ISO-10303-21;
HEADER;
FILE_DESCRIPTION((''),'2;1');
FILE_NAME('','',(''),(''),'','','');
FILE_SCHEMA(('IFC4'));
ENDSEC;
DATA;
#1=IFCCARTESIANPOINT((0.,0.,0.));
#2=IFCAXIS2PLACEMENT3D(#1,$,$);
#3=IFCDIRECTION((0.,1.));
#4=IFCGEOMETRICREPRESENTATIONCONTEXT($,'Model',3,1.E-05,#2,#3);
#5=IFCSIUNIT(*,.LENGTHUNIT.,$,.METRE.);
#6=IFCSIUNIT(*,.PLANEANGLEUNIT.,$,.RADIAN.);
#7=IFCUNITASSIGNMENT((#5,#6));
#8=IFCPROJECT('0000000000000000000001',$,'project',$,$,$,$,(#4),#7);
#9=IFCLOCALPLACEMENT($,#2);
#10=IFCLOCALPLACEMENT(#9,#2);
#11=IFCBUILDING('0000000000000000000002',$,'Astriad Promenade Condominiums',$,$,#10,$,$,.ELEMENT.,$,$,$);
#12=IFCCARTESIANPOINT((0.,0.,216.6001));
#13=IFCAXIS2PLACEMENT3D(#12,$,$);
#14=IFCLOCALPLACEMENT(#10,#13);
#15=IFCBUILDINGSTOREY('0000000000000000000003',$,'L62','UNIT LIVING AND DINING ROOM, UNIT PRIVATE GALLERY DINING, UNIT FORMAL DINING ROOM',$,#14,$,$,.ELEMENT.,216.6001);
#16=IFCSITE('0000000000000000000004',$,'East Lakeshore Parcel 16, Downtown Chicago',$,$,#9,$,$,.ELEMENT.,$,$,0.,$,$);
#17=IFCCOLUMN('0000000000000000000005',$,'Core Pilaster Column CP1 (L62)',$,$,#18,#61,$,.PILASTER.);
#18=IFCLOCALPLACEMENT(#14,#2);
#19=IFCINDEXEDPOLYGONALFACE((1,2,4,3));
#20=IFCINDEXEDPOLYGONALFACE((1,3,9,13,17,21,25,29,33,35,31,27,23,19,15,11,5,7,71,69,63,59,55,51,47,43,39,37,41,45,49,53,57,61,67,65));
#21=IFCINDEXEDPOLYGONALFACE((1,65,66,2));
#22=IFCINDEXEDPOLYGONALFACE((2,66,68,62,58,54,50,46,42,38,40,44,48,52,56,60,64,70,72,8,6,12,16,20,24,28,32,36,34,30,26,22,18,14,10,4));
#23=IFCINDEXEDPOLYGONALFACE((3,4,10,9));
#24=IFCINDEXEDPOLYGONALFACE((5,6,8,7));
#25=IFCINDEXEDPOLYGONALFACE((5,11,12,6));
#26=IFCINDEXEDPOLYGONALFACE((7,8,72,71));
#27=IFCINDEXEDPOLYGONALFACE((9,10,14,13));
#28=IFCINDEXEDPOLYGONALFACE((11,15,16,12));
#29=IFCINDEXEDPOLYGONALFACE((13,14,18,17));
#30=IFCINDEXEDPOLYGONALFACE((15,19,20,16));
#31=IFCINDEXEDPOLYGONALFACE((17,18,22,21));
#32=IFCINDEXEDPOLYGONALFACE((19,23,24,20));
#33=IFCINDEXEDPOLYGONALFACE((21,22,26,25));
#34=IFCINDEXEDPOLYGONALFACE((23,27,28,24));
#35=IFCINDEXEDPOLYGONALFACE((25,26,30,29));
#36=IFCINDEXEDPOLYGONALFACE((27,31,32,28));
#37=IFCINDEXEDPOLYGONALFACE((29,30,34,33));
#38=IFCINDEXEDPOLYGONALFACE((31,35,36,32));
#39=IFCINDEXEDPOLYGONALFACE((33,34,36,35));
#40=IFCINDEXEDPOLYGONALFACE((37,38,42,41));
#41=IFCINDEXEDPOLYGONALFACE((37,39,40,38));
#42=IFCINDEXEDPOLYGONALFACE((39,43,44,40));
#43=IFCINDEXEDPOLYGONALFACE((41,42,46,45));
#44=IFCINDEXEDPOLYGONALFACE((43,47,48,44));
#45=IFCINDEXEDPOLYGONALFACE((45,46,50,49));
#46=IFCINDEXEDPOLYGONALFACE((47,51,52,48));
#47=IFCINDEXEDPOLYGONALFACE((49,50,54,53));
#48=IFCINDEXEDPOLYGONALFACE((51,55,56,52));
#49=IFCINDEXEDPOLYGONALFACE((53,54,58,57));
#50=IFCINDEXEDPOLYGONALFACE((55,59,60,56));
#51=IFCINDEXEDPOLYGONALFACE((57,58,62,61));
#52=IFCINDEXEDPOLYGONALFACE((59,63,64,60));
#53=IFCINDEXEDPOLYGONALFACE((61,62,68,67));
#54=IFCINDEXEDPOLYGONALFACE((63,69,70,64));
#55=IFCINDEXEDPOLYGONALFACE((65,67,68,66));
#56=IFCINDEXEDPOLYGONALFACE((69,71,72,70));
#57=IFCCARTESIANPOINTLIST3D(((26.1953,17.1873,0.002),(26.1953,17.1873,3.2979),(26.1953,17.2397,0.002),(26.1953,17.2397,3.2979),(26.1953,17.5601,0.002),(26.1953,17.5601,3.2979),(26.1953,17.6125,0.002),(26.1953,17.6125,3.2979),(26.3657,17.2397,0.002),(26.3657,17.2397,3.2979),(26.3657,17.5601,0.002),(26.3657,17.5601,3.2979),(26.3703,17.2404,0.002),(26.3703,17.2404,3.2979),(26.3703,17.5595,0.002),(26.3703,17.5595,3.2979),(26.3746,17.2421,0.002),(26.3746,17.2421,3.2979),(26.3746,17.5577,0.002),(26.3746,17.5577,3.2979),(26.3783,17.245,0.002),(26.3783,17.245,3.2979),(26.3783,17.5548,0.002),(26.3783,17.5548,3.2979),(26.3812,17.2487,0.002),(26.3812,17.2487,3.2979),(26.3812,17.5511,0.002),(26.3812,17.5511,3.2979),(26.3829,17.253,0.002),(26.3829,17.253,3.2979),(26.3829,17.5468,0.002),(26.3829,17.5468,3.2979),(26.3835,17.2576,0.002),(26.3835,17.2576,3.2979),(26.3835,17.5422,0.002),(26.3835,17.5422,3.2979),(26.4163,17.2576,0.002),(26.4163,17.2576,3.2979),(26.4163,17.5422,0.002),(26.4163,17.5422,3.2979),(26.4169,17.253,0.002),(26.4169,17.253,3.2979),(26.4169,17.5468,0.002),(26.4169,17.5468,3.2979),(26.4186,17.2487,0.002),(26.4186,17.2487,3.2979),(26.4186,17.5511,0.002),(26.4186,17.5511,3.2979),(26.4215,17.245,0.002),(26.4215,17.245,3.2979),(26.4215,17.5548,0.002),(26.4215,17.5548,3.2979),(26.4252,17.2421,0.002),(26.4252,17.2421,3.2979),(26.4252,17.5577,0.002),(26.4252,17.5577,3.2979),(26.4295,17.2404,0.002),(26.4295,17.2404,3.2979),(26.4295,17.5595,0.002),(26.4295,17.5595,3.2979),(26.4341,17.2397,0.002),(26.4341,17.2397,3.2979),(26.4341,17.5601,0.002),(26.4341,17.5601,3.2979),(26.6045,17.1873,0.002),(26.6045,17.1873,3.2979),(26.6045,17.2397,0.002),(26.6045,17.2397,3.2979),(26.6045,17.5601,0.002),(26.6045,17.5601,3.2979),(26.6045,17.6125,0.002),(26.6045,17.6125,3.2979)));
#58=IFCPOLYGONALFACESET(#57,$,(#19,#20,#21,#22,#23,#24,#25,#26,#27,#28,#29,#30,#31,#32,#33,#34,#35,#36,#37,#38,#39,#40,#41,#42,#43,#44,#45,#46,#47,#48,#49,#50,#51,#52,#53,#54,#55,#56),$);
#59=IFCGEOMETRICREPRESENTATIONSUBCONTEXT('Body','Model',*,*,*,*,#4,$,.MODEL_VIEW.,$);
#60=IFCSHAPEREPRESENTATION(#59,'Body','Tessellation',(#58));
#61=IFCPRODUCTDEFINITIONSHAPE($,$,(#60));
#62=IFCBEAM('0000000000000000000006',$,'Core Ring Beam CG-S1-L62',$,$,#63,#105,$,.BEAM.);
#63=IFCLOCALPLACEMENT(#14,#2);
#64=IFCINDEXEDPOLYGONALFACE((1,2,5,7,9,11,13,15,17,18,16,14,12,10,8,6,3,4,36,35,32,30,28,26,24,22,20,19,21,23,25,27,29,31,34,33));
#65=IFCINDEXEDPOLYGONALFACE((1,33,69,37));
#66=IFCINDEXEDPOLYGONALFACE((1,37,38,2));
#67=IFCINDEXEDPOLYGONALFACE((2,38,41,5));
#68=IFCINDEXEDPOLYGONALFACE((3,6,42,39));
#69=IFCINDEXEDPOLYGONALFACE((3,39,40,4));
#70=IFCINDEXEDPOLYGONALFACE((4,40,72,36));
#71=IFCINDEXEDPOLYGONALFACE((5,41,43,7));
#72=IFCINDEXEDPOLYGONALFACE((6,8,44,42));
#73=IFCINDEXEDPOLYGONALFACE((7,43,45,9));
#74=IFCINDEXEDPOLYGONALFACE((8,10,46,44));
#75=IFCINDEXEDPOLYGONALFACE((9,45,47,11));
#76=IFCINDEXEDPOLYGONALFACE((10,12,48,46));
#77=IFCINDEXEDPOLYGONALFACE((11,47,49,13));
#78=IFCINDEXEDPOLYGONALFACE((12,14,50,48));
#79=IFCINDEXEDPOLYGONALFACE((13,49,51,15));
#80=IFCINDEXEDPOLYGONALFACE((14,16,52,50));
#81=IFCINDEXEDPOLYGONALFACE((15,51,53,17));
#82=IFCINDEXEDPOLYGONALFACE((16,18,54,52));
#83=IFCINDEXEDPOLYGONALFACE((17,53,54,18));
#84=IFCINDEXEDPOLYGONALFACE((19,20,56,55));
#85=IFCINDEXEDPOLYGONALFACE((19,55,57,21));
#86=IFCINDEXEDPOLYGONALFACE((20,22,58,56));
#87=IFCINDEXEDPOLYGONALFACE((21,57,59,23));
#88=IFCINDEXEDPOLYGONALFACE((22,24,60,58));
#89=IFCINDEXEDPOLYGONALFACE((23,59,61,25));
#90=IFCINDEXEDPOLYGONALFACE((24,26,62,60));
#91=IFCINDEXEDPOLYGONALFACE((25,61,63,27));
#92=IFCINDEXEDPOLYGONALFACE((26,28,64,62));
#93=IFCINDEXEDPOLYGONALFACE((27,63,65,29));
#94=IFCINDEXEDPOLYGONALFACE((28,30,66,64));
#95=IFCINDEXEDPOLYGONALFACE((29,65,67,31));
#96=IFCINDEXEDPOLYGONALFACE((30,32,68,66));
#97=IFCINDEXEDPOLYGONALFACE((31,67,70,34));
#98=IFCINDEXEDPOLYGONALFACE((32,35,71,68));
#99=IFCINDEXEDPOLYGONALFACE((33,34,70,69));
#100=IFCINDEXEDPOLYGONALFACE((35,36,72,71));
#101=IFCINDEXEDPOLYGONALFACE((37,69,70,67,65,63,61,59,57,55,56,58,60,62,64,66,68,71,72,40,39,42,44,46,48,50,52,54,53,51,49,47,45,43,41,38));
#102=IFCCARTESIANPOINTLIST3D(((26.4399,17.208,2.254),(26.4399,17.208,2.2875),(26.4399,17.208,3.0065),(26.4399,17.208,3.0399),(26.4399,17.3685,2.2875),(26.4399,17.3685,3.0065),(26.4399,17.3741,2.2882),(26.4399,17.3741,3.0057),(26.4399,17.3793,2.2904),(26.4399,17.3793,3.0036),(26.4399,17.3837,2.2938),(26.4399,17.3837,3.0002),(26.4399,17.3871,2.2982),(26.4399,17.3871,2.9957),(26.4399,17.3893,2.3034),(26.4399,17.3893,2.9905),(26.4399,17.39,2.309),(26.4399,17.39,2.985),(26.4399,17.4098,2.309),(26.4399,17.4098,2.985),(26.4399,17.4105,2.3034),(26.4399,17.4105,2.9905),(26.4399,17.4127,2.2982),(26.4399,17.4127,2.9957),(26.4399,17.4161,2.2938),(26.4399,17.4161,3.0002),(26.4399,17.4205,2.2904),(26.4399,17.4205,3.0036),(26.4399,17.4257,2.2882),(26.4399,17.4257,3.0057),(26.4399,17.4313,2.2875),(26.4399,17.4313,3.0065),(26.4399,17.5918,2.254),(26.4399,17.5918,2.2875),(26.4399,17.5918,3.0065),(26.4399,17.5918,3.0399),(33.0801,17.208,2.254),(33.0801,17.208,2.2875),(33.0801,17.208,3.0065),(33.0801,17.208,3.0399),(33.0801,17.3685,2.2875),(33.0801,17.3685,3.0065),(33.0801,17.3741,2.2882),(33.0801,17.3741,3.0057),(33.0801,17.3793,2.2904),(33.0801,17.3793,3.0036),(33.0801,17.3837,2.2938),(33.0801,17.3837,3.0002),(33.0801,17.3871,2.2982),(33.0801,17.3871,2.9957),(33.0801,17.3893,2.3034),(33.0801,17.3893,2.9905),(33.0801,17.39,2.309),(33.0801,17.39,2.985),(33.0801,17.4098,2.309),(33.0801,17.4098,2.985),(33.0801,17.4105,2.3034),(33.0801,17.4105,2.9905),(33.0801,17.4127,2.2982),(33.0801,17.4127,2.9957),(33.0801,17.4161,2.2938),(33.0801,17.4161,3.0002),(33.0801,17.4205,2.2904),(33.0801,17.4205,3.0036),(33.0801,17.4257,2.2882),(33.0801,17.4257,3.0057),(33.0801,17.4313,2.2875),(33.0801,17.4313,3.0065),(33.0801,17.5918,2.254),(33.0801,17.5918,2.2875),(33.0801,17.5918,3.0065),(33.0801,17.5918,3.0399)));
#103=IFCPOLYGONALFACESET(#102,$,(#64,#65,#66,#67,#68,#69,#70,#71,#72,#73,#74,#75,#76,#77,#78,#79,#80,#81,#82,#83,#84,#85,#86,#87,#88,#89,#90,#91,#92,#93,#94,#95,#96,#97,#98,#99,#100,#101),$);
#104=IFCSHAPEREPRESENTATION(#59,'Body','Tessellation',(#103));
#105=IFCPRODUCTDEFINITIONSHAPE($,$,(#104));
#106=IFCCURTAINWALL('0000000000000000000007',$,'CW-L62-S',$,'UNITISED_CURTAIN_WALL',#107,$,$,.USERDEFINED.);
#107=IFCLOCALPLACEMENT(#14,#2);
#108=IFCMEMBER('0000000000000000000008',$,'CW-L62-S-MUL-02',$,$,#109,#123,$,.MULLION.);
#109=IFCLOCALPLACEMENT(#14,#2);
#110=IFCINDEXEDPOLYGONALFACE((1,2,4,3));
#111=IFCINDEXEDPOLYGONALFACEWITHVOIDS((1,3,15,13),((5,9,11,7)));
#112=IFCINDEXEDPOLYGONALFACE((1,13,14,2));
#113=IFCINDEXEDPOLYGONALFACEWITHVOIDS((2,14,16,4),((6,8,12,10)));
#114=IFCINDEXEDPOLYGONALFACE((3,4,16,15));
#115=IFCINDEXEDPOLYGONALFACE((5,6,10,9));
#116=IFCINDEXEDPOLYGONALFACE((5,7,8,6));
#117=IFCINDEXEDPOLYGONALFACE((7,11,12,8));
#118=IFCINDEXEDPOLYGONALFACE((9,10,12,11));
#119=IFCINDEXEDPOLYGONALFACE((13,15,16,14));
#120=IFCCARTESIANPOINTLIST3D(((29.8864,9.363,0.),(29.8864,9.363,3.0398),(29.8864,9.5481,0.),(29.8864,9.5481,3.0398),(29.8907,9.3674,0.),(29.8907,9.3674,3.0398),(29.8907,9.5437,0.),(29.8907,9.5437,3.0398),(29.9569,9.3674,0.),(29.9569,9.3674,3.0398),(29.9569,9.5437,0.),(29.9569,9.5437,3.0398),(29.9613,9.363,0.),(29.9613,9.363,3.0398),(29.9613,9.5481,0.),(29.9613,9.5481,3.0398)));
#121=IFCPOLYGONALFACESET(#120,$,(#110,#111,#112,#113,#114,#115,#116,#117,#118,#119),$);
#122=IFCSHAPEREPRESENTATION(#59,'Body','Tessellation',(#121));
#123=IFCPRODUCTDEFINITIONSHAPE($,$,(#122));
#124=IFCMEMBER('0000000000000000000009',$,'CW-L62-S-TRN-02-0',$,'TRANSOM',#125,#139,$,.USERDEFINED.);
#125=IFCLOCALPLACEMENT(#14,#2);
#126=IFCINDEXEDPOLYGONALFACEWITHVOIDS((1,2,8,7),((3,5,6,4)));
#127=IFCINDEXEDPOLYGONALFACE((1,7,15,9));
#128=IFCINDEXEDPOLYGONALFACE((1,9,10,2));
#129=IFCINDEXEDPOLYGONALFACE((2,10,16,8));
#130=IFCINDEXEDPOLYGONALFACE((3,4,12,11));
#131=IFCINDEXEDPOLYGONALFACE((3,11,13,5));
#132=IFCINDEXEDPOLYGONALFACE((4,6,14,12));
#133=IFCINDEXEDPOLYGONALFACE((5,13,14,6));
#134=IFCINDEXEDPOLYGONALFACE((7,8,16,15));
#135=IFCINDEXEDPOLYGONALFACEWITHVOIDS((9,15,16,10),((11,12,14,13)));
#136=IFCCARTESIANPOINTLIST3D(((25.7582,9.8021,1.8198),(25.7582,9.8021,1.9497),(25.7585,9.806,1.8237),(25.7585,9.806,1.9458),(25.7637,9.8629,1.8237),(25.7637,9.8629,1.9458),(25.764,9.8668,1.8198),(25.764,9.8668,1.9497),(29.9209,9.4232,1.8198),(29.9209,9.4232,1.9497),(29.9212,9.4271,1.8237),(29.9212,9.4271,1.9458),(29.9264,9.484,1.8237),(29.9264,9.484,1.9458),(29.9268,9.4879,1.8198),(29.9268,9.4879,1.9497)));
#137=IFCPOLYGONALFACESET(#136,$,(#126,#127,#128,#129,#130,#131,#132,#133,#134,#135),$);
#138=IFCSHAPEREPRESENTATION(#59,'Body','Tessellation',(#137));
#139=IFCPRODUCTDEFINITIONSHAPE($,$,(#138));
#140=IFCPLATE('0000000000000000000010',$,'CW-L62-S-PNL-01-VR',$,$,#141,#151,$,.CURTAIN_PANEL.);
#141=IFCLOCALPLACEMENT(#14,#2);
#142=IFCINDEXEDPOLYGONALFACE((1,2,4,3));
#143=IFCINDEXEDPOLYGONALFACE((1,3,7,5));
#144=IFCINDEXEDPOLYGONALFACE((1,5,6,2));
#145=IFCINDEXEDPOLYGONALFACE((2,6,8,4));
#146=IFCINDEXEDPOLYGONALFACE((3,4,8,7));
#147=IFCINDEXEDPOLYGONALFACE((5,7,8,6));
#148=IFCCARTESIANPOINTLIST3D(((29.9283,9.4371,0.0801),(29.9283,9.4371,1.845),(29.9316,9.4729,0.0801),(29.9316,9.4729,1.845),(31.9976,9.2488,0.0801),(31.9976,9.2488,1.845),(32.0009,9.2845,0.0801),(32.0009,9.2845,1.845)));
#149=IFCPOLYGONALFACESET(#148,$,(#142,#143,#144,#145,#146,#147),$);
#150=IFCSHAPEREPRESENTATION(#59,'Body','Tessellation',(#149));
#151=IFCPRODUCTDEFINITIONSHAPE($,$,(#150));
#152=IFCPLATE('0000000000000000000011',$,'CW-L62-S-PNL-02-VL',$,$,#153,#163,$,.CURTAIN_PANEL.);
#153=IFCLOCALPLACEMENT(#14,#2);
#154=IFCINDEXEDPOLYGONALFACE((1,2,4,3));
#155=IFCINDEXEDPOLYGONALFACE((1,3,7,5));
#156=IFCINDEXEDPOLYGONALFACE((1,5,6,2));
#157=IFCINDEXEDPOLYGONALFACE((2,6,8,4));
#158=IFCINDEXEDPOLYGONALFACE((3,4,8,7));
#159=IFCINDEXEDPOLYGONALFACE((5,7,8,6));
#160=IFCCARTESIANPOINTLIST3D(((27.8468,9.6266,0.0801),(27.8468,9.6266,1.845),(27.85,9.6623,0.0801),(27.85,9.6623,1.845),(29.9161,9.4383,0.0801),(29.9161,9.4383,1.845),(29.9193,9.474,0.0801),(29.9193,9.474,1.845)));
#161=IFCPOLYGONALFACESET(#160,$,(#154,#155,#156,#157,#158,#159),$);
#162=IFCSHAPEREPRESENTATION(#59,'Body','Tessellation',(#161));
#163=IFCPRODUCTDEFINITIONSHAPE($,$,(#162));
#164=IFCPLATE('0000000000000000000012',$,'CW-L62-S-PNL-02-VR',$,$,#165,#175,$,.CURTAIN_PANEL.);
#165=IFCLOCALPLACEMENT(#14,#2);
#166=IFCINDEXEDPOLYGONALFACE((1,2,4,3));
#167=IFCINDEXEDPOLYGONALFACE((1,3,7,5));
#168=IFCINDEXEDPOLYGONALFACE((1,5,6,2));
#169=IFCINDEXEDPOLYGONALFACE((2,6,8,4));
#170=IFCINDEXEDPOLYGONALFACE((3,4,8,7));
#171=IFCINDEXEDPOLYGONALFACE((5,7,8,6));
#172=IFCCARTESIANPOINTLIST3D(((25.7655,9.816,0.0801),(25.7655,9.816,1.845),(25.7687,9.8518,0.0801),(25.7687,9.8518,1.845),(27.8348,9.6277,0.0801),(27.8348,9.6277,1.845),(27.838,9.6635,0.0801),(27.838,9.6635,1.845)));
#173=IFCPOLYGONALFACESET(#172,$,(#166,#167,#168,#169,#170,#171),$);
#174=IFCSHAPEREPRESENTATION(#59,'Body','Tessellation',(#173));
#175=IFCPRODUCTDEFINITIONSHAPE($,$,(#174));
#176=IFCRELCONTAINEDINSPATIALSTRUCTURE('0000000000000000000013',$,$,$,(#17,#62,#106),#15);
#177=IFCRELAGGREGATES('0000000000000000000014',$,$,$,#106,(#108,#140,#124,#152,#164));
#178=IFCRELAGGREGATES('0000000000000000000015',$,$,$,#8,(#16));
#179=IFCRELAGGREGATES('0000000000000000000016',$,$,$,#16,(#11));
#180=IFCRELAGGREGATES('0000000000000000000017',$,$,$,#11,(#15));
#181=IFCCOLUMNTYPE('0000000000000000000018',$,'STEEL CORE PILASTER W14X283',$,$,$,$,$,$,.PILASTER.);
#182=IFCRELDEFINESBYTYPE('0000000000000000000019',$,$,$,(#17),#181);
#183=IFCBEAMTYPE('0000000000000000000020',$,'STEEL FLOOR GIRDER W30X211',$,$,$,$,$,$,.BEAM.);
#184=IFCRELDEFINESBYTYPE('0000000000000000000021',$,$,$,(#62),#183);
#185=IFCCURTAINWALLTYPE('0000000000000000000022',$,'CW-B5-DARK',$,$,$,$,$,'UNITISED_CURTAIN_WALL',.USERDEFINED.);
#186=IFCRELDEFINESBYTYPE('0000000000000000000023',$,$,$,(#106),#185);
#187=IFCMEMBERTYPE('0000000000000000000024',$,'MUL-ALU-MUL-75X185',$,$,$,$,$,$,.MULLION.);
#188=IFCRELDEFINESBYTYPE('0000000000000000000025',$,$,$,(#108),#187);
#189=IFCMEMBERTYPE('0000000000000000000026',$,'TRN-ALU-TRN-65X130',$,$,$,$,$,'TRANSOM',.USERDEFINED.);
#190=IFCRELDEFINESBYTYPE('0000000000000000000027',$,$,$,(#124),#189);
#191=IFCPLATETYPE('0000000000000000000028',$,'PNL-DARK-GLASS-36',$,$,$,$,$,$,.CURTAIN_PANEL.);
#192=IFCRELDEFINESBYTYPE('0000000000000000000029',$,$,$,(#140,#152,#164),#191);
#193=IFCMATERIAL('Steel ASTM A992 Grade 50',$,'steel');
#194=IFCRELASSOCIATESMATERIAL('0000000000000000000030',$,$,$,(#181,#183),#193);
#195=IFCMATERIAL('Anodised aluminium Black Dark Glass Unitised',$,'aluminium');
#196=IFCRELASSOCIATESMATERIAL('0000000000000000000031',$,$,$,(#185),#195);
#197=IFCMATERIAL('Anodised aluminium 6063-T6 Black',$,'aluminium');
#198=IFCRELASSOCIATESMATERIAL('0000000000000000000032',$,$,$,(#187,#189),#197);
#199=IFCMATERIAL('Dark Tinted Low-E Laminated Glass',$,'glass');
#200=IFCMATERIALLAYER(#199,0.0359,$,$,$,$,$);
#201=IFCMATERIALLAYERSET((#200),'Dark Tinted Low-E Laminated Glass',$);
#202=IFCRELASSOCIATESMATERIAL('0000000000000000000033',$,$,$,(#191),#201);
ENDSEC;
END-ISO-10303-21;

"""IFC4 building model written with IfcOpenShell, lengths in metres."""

from ifc_helpers import new_model, si_unit, direction, frame, origin, origin_2d, place, context, subcontext, project, spatial, rectangle, hollow_rectangle, i_section, extrude, source, transform, mapped, material, layer, layer_set, material_profile, profile_set, type_object, type_shapes, element, aggregate, save


model = new_model("IFC4")

# Units and contexts
model_context = context("Model", 3, precision=1e-05, world=origin(), true_north=direction((0.0, 1.0)))
body_context = subcontext(model_context, "Body", "Model", "MODEL_VIEW")
ifc_project = project(units=[si_unit("LENGTHUNIT", "METRE"), si_unit("PLANEANGLEUNIT", "RADIAN")], contexts=[model_context])

# Site, building, storey
site_placement = place(None, origin())
site = spatial("IfcSite", under=ifc_project, at=site_placement, Name="East Lakeshore Parcel 16, Downtown Chicago", CompositionType="ELEMENT", RefElevation=0.0)
building_placement = place(site_placement, origin())
building = spatial("IfcBuilding", under=site, at=building_placement, Name="Astriad Promenade Condominiums", CompositionType="ELEMENT")
storey_placement = place(building_placement, frame((0.0, 0.0, 216.6001)))
storey = spatial("IfcBuildingStorey", under=building, at=storey_placement, Name="L62", Description="UNIT LIVING AND DINING ROOM, UNIT PRIVATE GALLERY DINING, UNIT FORMAL DINING ROOM", CompositionType="ELEMENT", Elevation=216.6001)

# Column
ifc_material_1 = material(Name="Steel ASTM A992 Grade 50", Category="steel")
ifc_material_profile_1 = material_profile(ifc_material_1, i_section(OverallWidth=0.4092, OverallDepth=0.4253, WebThickness=0.0327, FlangeThickness=0.0525, FilletRadius=0.0178, at=origin_2d()), Name="W14X283")
ifc_profile_set_1 = profile_set([ifc_material_profile_1], Name="Steel ASTM A992 Grade 50")
column_type = type_object("IfcColumnType", Name="STEEL CORE PILASTER W14X283", PredefinedType="PILASTER", material=ifc_profile_set_1)
shared_shape_1 = source(origin(), body_context, "Body", "SweptSolid", [
    extrude(i_section(OverallWidth=0.4092, OverallDepth=0.4253, WebThickness=0.0327, FlangeThickness=0.0525, FilletRadius=0.0178, at=origin_2d()), origin(), (0.0, 0.0, 1.0), 3.2959),
])
type_shapes(column_type, [shared_shape_1])
column_placement = place(storey_placement, frame((26.3999, 17.3999, 0.002), z_axis=(0.0, 0.0, 1.0), x_axis=(1.0, 0.0, 0.0)))
element("IfcColumn", 1, at=column_placement, inside=storey, type_object=column_type, Name="Core Pilaster Column CP1 (L62)", PredefinedType="PILASTER", context=body_context, shape_type="MappedRepresentation", body=[
    mapped(shared_shape_1, transform((0.0, 0.0, 0.0), scale=1.0)),
])

# Beam
ifc_material_profile_2 = material_profile(ifc_material_1, i_section(OverallWidth=0.3838, OverallDepth=0.7859, WebThickness=0.0198, FlangeThickness=0.0334, FilletRadius=0.0215, at=origin_2d()), Name="W30X211")
ifc_profile_set_2 = profile_set([ifc_material_profile_2], Name="Steel ASTM A992 Grade 50")
beam_type = type_object("IfcBeamType", Name="STEEL FLOOR GIRDER W30X211", PredefinedType="BEAM", material=ifc_profile_set_2)
shared_shape_2 = source(origin(), body_context, "Body", "SweptSolid", [
    extrude(i_section(OverallWidth=0.3838, OverallDepth=0.7859, WebThickness=0.0198, FlangeThickness=0.0334, FilletRadius=0.0215, at=origin_2d()), origin(), (0.0, 0.0, 1.0), 6.6401),
])
type_shapes(beam_type, [shared_shape_2])
beam_placement = place(storey_placement, frame((26.4399, 17.3999, 2.647), z_axis=(1.0, 0.0, 0.0), x_axis=(0.0, 1.0, 0.0)))
element("IfcBeam", 2, at=beam_placement, inside=storey, type_object=beam_type, Name="Core Ring Beam CG-S1-L62", PredefinedType="BEAM", context=body_context, shape_type="MappedRepresentation", body=[
    mapped(shared_shape_2, transform((0.0, 0.0, 0.0), scale=1.0)),
])

# Curtain wall, members, plates
ifc_material_2 = material(Name="Anodised aluminium Black Dark Glass Unitised", Category="aluminium")
curtain_wall_type = type_object("IfcCurtainWallType", Name="CW-B5-DARK", ElementType="UNITISED_CURTAIN_WALL", PredefinedType="USERDEFINED", material=ifc_material_2)
curtain_wall_placement = place(storey_placement, origin())
curtain_wall = element("IfcCurtainWall", 3, at=curtain_wall_placement, inside=storey, type_object=curtain_wall_type, Name="CW-L62-S", ObjectType="UNITISED_CURTAIN_WALL", PredefinedType="USERDEFINED")
ifc_material_3 = material(Name="Anodised aluminium 6063-T6 Black", Category="aluminium")
ifc_material_profile_3 = material_profile(ifc_material_3, hollow_rectangle(XDim=0.075, YDim=0.1851, WallThickness=0.0044, at=origin_2d()), Name="ALU-MUL-75X185")
ifc_profile_set_3 = profile_set([ifc_material_profile_3], Name="Anodised aluminium 6063-T6 Black")
member_type_1 = type_object("IfcMemberType", Name="MUL-ALU-MUL-75X185", PredefinedType="MULLION", material=ifc_profile_set_3)
shared_shape_3 = source(origin(), body_context, "Body", "SweptSolid", [
    extrude(hollow_rectangle(XDim=0.075, YDim=0.1851, WallThickness=0.0044, at=origin_2d()), origin(), (0.0, 0.0, 1.0), 3.0398),
])
type_shapes(member_type_1, [shared_shape_3])
member_1_placement = place(storey_placement, frame((29.9238, 9.4556, 0.0), z_axis=(0.0, 0.0, 1.0), x_axis=(1.0, 0.0, 0.0)))
member_1 = element("IfcMember", 4, at=member_1_placement, type_object=member_type_1, Name="CW-L62-S-MUL-02", PredefinedType="MULLION", context=body_context, shape_type="MappedRepresentation", body=[
    mapped(shared_shape_3, transform((0.0, 0.0, 0.0), scale=1.0)),
])
ifc_material_profile_4 = material_profile(ifc_material_3, hollow_rectangle(XDim=0.0649, YDim=0.1299, WallThickness=0.0039, at=origin_2d()), Name="ALU-TRN-65X130")
ifc_profile_set_4 = profile_set([ifc_material_profile_4], Name="Anodised aluminium 6063-T6 Black")
member_type_2 = type_object("IfcMemberType", Name="TRN-ALU-TRN-65X130", ElementType="TRANSOM", PredefinedType="USERDEFINED", material=ifc_profile_set_4)
shared_shape_4 = source(origin(), body_context, "Body", "SweptSolid", [
    extrude(hollow_rectangle(XDim=0.0649, YDim=0.1299, WallThickness=0.0039, at=origin_2d()), origin(), (0.0, 0.0, 1.0), 4.1799),
])
type_shapes(member_type_2, [shared_shape_4])
member_2_placement = place(storey_placement, frame((29.9238, 9.4556, 1.8848), z_axis=(-0.995883, 0.090646, 0.0), x_axis=(-0.090646, -0.995883, 0.0)))
member_2 = element("IfcMember", 5, at=member_2_placement, type_object=member_type_2, Name="CW-L62-S-TRN-02-0", ObjectType="TRANSOM", PredefinedType="USERDEFINED", context=body_context, shape_type="MappedRepresentation", body=[
    mapped(shared_shape_4, transform((0.0, 0.0, 0.0), scale=1.0)),
])
ifc_material_4 = material(Name="Dark Tinted Low-E Laminated Glass", Category="glass")
ifc_layer_1 = layer(ifc_material_4, 0.0359)
ifc_layer_set_1 = layer_set([ifc_layer_1], Name="Dark Tinted Low-E Laminated Glass")
plate_type = type_object("IfcPlateType", Name="PNL-DARK-GLASS-36", PredefinedType="CURTAIN_PANEL", material=ifc_layer_set_1)
shared_shape_5 = source(origin(), body_context, "Body", "SweptSolid", [
    extrude(rectangle(XDim=2.0779, YDim=0.0359, at=origin_2d()), origin(), (0.0, 0.0, 1.0), 1.7649),
])
plate_1_placement = place(storey_placement, frame((30.9646, 9.3608, 0.0801), z_axis=(0.0, 0.0, 1.0), x_axis=(-0.995884, 0.090633, 0.0)))
plate_1 = element("IfcPlate", 6, at=plate_1_placement, type_object=plate_type, Name="CW-L62-S-PNL-01-VR", PredefinedType="CURTAIN_PANEL", context=body_context, shape_type="MappedRepresentation", body=[
    mapped(shared_shape_5, transform((0.0, 0.0, 0.0), scale=1.0)),
])
plate_2_placement = place(storey_placement, frame((28.8831, 9.5503, 0.0801), z_axis=(0.0, 0.0, 1.0), x_axis=(-0.995884, 0.090633, 0.0)))
plate_2 = element("IfcPlate", 7, at=plate_2_placement, type_object=plate_type, Name="CW-L62-S-PNL-02-VL", PredefinedType="CURTAIN_PANEL", context=body_context, shape_type="MappedRepresentation", body=[
    mapped(shared_shape_5, transform((0.0, 0.0, 0.0), scale=1.0)),
])
plate_3_placement = place(storey_placement, frame((26.8018, 9.7397, 0.0801), z_axis=(0.0, 0.0, 1.0), x_axis=(-0.995884, 0.090633, 0.0)))
plate_3 = element("IfcPlate", 8, at=plate_3_placement, type_object=plate_type, Name="CW-L62-S-PNL-02-VR", PredefinedType="CURTAIN_PANEL", context=body_context, shape_type="MappedRepresentation", body=[
    mapped(shared_shape_5, transform((0.0, 0.0, 0.0), scale=1.0)),
])
aggregate(curtain_wall, [member_1, plate_1, member_2, plate_2, plate_3])

save(model, "model.ifc")
